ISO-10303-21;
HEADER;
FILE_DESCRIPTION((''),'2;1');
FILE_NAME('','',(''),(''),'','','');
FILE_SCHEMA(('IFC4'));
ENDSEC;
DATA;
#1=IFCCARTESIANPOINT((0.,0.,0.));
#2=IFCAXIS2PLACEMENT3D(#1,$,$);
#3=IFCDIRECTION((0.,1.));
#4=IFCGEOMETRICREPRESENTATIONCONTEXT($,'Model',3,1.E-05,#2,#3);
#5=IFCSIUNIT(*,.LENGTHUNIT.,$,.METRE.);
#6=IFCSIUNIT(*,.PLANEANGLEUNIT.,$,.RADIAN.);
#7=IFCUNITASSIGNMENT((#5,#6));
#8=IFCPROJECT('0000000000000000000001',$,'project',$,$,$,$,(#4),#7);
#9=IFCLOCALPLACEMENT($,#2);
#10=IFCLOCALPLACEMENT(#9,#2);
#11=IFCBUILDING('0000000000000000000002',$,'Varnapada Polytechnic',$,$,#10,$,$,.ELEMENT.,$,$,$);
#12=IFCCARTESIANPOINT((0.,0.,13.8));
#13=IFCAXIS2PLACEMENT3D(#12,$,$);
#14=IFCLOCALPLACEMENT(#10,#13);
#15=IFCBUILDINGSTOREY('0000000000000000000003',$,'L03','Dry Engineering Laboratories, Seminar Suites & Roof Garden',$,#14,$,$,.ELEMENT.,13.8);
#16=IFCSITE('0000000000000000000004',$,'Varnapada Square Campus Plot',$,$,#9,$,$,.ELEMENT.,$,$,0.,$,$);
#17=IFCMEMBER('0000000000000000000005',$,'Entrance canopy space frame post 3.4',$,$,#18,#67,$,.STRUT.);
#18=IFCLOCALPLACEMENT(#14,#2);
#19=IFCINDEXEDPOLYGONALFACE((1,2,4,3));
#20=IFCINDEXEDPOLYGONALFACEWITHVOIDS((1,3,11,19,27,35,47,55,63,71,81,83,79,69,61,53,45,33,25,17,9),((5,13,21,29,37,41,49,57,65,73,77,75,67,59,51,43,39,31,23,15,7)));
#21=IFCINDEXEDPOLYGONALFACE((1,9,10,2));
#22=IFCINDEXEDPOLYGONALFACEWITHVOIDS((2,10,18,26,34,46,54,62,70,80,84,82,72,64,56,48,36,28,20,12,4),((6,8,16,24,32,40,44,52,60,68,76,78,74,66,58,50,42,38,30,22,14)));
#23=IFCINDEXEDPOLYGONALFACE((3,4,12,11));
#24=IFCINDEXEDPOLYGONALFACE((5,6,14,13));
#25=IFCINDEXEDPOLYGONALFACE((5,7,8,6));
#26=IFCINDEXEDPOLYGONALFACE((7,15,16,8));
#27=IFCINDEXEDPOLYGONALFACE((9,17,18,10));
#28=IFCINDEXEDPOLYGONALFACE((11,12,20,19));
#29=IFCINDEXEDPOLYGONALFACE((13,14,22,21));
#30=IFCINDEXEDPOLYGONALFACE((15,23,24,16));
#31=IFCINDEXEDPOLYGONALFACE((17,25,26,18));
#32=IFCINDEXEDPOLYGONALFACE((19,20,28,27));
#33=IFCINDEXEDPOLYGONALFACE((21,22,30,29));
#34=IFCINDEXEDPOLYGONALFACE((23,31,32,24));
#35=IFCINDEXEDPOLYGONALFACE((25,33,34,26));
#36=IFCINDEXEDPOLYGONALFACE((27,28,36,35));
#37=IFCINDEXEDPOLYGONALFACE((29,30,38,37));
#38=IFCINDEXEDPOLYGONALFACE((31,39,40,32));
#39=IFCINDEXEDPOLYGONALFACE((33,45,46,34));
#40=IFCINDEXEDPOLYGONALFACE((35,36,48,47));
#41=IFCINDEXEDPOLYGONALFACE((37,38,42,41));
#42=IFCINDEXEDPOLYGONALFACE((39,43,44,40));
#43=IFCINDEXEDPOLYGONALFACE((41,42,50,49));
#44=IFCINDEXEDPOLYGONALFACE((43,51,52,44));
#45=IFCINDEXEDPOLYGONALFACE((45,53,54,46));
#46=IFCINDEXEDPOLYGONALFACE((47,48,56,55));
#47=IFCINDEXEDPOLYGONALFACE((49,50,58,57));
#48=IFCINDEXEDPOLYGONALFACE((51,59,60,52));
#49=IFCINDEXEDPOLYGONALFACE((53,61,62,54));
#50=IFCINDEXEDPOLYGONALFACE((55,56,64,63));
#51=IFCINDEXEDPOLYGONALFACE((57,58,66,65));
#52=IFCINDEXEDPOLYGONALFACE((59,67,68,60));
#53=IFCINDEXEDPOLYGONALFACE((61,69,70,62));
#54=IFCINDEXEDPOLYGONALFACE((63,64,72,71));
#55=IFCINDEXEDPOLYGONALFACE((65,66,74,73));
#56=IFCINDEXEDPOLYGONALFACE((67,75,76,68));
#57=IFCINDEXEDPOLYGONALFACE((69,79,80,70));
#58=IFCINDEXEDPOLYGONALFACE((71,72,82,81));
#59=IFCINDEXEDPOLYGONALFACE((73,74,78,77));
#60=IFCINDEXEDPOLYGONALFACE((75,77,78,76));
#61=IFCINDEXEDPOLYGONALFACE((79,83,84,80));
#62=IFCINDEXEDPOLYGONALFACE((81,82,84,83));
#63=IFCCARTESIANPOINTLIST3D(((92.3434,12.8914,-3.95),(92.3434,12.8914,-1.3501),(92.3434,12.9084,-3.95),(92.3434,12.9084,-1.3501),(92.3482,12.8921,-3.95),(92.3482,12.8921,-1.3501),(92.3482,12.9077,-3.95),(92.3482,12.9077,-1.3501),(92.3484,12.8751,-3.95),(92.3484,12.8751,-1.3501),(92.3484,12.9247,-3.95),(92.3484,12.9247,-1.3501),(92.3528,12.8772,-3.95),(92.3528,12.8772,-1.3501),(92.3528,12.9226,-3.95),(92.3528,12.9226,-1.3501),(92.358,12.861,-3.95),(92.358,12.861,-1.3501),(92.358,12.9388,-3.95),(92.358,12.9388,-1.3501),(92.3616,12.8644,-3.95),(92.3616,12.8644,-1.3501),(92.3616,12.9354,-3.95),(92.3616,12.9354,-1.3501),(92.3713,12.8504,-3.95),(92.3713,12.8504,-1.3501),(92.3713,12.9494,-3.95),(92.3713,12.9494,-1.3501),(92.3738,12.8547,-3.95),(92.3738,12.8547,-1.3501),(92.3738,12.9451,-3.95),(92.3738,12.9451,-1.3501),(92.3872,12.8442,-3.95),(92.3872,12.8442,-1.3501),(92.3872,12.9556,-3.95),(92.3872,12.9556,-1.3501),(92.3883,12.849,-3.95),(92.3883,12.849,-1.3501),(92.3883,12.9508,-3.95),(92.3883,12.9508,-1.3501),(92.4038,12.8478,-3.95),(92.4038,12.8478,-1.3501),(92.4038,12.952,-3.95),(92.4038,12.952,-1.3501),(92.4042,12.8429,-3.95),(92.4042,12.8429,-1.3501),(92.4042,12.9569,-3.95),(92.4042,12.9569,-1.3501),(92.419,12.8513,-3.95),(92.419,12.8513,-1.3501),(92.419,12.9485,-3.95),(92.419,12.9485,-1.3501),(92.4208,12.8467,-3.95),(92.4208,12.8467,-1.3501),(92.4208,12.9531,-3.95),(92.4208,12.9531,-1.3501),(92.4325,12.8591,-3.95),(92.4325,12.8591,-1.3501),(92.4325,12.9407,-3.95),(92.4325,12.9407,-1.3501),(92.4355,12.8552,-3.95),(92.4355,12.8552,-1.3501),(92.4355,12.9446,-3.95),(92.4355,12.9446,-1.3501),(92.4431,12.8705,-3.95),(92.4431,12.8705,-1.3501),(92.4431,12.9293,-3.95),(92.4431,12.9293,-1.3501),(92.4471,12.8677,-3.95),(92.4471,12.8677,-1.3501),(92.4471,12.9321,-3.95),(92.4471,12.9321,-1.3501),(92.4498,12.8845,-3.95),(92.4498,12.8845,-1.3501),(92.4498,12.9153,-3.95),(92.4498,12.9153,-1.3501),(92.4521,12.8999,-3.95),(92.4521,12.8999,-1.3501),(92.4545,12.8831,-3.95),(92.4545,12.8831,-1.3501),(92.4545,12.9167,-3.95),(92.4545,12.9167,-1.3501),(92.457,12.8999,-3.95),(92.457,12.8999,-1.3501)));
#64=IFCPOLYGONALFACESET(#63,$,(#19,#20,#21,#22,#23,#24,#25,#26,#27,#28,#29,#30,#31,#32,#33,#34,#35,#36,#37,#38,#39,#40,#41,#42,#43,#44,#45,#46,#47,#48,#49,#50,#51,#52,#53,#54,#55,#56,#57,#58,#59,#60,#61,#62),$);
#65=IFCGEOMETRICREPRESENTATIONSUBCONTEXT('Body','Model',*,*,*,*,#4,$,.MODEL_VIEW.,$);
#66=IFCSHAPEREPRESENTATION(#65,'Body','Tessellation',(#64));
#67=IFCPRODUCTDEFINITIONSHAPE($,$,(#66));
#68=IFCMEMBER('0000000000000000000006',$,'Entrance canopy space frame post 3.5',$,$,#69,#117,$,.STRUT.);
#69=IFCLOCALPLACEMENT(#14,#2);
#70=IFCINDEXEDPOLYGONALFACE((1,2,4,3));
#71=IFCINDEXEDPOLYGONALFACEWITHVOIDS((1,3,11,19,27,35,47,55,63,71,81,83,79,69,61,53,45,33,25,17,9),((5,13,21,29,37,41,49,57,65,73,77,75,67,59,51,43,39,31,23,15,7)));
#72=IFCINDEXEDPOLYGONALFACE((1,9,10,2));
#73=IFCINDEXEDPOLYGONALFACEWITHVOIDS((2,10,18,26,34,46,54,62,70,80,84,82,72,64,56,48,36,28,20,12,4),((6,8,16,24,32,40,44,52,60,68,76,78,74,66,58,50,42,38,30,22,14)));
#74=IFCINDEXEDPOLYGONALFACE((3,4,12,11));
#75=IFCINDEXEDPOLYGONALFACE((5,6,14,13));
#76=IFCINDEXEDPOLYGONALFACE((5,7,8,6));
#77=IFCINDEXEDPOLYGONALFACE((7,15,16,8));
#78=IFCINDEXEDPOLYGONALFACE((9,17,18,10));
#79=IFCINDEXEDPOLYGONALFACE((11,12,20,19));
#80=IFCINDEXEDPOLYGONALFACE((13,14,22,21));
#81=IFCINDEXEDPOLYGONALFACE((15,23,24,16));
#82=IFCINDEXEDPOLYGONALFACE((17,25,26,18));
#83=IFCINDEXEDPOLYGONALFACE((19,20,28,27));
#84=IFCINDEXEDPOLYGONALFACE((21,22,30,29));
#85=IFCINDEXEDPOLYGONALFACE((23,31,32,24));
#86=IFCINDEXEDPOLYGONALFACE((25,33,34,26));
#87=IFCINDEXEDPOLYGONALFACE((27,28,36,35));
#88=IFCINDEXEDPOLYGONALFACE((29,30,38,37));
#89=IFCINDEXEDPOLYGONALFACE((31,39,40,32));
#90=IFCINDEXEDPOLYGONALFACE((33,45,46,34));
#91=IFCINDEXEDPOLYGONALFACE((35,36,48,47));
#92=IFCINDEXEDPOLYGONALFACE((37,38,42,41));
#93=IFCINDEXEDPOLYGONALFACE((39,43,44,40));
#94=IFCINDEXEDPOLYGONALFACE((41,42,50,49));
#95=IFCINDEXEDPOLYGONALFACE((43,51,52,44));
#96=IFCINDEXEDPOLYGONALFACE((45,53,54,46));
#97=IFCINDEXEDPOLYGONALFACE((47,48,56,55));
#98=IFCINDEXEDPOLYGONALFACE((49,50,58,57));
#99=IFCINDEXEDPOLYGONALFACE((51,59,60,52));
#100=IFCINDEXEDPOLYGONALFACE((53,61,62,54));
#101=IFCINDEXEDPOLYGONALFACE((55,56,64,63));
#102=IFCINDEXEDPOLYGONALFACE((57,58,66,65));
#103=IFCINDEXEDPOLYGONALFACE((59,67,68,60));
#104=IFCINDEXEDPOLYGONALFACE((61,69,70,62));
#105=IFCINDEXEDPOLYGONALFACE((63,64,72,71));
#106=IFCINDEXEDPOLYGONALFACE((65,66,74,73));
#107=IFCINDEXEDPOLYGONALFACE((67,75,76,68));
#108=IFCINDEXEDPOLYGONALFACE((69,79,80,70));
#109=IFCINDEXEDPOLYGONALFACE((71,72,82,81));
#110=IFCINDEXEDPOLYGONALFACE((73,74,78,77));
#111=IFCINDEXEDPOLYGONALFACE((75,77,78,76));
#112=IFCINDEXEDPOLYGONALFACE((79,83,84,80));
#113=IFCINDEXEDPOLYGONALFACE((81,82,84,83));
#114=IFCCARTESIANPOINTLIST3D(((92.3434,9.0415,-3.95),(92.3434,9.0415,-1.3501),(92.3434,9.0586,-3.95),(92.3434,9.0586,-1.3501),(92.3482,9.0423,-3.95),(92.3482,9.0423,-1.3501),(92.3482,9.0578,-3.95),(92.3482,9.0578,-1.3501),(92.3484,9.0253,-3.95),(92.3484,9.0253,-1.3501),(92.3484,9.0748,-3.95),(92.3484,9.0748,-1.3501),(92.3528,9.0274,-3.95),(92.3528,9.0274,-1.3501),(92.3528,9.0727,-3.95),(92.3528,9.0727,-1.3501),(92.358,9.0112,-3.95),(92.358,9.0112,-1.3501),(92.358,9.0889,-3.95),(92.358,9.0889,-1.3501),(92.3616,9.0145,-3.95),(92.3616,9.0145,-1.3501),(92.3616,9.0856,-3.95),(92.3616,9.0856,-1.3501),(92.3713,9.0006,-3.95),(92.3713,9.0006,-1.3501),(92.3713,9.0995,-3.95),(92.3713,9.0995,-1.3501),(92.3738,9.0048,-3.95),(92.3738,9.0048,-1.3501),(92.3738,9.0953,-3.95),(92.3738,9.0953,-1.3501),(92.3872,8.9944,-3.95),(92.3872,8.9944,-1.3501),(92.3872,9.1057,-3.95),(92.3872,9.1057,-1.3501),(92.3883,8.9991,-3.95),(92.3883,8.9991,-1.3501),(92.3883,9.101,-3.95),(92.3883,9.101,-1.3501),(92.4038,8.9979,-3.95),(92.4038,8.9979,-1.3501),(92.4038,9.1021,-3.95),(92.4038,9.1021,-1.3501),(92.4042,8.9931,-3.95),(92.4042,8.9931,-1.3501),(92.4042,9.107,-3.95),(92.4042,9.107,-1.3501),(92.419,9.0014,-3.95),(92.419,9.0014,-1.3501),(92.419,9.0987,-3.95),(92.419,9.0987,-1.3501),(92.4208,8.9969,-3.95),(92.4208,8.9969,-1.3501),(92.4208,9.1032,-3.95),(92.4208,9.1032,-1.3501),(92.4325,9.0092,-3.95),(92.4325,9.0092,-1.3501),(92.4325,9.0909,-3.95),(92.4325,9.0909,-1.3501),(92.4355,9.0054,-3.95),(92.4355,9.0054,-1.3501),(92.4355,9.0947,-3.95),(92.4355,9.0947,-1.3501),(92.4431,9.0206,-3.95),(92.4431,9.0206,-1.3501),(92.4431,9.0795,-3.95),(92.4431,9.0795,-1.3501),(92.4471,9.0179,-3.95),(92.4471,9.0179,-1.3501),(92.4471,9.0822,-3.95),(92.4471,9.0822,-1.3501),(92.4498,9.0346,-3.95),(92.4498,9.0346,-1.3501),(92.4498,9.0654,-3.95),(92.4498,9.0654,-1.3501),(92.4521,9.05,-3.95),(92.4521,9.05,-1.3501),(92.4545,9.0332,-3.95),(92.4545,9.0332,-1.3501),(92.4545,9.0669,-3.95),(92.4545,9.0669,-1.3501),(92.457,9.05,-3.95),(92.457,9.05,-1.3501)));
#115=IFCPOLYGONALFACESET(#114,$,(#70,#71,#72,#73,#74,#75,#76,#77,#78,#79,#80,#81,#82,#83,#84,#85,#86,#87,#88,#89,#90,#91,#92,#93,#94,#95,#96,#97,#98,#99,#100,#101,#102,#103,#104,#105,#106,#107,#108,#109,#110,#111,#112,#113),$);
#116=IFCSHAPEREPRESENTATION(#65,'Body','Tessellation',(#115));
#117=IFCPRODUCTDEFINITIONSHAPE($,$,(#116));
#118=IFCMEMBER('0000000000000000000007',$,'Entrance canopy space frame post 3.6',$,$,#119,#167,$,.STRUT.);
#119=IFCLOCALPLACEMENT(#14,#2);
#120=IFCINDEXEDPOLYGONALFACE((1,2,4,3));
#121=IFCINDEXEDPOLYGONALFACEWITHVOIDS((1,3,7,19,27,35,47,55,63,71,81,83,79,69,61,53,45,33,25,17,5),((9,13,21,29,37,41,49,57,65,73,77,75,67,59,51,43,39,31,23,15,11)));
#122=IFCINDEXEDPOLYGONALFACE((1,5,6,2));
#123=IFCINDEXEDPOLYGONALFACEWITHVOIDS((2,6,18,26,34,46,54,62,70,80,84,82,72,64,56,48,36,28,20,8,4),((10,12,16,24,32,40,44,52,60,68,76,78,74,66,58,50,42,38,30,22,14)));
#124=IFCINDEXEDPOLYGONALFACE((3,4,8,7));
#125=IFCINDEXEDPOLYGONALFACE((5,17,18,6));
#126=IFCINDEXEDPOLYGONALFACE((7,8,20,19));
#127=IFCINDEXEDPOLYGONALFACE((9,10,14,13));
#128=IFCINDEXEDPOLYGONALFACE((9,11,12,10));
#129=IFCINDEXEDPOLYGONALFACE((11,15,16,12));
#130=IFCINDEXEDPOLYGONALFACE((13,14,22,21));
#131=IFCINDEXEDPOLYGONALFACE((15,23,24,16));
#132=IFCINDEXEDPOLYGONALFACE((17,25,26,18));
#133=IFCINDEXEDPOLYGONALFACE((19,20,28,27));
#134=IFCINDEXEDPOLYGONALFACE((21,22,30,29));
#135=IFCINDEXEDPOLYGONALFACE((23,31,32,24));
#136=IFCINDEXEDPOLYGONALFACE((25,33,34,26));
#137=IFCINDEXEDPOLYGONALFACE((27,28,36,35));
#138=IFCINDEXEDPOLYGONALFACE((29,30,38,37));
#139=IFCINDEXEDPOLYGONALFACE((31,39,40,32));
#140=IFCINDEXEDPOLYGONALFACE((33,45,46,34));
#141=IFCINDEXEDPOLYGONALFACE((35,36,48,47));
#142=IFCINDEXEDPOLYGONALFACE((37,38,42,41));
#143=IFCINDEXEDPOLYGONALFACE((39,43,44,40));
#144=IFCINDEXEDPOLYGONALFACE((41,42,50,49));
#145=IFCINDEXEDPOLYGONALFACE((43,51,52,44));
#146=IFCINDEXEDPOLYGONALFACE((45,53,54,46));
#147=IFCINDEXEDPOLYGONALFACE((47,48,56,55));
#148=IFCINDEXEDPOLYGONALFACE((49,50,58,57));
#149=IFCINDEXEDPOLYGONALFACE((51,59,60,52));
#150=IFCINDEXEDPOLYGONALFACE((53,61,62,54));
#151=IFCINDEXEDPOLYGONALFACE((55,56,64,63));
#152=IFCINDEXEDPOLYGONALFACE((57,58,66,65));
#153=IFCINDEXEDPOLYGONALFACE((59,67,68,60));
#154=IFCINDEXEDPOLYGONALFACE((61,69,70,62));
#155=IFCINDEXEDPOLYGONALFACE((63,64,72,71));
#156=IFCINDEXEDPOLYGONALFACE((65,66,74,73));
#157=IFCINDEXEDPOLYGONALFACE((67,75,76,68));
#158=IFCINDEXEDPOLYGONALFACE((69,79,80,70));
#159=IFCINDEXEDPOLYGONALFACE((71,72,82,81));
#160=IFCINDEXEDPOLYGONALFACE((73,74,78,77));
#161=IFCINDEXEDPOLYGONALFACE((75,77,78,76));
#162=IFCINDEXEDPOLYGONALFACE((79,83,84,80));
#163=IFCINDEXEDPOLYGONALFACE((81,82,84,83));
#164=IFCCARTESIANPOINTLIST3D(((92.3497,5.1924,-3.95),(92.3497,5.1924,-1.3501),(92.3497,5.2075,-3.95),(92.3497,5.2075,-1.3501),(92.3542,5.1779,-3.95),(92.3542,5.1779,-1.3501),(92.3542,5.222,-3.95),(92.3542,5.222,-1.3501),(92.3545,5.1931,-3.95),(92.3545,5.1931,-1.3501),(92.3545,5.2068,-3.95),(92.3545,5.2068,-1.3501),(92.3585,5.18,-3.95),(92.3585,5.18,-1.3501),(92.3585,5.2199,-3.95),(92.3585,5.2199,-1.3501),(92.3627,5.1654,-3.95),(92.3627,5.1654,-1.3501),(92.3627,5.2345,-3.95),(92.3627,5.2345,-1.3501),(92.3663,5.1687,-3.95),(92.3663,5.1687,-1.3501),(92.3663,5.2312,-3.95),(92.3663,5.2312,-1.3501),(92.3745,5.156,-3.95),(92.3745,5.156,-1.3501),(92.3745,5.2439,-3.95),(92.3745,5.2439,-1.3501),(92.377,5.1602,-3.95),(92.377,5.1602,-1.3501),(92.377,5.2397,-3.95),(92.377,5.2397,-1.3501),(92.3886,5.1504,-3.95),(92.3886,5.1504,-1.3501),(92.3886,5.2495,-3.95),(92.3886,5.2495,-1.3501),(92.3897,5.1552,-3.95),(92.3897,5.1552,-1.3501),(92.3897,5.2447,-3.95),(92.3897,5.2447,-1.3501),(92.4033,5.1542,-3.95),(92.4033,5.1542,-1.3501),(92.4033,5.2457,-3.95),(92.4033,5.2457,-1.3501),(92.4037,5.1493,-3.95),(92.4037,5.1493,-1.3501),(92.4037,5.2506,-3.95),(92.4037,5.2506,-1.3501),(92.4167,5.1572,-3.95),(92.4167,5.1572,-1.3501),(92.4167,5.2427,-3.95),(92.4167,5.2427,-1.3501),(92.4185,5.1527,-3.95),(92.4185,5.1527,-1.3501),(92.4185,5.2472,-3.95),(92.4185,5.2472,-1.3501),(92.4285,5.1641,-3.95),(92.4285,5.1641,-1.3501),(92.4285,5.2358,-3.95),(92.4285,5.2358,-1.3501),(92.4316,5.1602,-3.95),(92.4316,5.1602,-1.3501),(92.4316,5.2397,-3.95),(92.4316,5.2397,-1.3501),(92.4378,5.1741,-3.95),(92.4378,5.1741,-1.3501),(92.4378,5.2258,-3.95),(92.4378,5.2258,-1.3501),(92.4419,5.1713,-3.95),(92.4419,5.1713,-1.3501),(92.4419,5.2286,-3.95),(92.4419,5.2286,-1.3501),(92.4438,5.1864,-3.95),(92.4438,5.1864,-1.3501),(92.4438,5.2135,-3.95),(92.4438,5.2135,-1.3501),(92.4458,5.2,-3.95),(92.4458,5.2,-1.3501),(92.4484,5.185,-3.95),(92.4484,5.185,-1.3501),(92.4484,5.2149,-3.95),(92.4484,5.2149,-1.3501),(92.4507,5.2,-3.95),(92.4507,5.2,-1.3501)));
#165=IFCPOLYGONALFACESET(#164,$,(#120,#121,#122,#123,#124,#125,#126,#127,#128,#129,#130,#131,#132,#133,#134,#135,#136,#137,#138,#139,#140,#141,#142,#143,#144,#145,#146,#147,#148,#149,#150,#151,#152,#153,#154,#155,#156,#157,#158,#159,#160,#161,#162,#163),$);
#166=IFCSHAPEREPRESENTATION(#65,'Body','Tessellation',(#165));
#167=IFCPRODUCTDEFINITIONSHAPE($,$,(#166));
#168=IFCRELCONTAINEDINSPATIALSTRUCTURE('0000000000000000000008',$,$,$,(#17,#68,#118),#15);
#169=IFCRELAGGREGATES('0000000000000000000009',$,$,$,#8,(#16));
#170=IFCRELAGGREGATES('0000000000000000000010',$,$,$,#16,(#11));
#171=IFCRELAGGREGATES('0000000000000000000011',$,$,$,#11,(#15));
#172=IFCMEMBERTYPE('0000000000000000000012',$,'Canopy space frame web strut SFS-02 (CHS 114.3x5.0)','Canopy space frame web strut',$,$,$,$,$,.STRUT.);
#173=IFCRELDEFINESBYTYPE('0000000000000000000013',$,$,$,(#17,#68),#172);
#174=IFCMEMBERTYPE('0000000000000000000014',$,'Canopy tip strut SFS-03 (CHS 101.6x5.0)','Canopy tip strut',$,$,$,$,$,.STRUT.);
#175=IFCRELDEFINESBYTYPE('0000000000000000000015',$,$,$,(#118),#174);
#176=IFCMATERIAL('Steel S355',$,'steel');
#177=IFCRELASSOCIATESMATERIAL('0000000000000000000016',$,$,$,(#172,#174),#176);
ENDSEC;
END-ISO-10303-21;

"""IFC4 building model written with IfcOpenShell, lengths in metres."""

from ifc_helpers import new_model, si_unit, direction, frame, origin, origin_2d, place, context, subcontext, project, spatial, hollow_circle, extrude, material, material_profile, profile_set, type_object, element, save


model = new_model("IFC4")

# Units and contexts
model_context = context("Model", 3, precision=1e-05, world=origin(), true_north=direction((0.0, 1.0)))
body_context = subcontext(model_context, "Body", "Model", "MODEL_VIEW")
ifc_project = project(units=[si_unit("LENGTHUNIT", "METRE"), si_unit("PLANEANGLEUNIT", "RADIAN")], contexts=[model_context])

# Site, building, storey
site_placement = place(None, origin())
site = spatial("IfcSite", under=ifc_project, at=site_placement, Name="Varnapada Square Campus Plot", CompositionType="ELEMENT", RefElevation=0.0)
building_placement = place(site_placement, origin())
building = spatial("IfcBuilding", under=site, at=building_placement, Name="Varnapada Polytechnic", CompositionType="ELEMENT")
storey_placement = place(building_placement, frame((0.0, 0.0, 13.8)))
storey = spatial("IfcBuildingStorey", under=building, at=storey_placement, Name="L03", Description="Dry Engineering Laboratories, Seminar Suites & Roof Garden", CompositionType="ELEMENT", Elevation=13.8)

# Members
ifc_material = material(Name="Steel S355", Category="steel")
ifc_material_profile_1 = material_profile(ifc_material, hollow_circle(Radius=0.0571, WallThickness=0.0049, at=origin_2d()), Name="CHS 114.3x5.0")
ifc_profile_set_1 = profile_set([ifc_material_profile_1], Name="Steel S355")
member_type_1 = type_object("IfcMemberType", Name="Canopy space frame web strut SFS-02 (CHS 114.3x5.0)", Description="Canopy space frame web strut", PredefinedType="STRUT", material=ifc_profile_set_1)
for number, where, z_axis, x_axis, name in (
    (1, (92.3999, 12.8999, -3.95), (0.0, 0.0, 1.0), (1.0, 0.0, 0.0), "Entrance canopy space frame post 3.4"),
    (2, (92.3999, 9.05, -3.95), (0.0, 0.0, 1.0), (1.0, 0.0, 0.0), "Entrance canopy space frame post 3.5"),
):
    element("IfcMember", number, at=place(storey_placement, frame(where, z_axis=z_axis, x_axis=x_axis)), inside=storey, type_object=member_type_1, Name=name, PredefinedType="STRUT", context=body_context, shape_type="SweptSolid", body=[
        extrude(hollow_circle(Radius=0.0571, WallThickness=0.0049, at=origin_2d()), origin(), (0.0, 0.0, 1.0), 2.5999),
    ])
ifc_material_profile_2 = material_profile(ifc_material, hollow_circle(Radius=0.0508, WallThickness=0.0049, at=origin_2d()), Name="CHS 101.6x5.0")
ifc_profile_set_2 = profile_set([ifc_material_profile_2], Name="Steel S355")
member_type_2 = type_object("IfcMemberType", Name="Canopy tip strut SFS-03 (CHS 101.6x5.0)", Description="Canopy tip strut", PredefinedType="STRUT", material=ifc_profile_set_2)
member_1_placement = place(storey_placement, frame((92.3999, 5.2, -3.95), z_axis=(0.0, 0.0, 1.0), x_axis=(1.0, 0.0, 0.0)))
element("IfcMember", 3, at=member_1_placement, inside=storey, type_object=member_type_2, Name="Entrance canopy space frame post 3.6", PredefinedType="STRUT", context=body_context, shape_type="SweptSolid", body=[
    extrude(hollow_circle(Radius=0.0508, WallThickness=0.0049, at=origin_2d()), origin(), (0.0, 0.0, 1.0), 2.5999),
])

save(model, "model.ifc")
